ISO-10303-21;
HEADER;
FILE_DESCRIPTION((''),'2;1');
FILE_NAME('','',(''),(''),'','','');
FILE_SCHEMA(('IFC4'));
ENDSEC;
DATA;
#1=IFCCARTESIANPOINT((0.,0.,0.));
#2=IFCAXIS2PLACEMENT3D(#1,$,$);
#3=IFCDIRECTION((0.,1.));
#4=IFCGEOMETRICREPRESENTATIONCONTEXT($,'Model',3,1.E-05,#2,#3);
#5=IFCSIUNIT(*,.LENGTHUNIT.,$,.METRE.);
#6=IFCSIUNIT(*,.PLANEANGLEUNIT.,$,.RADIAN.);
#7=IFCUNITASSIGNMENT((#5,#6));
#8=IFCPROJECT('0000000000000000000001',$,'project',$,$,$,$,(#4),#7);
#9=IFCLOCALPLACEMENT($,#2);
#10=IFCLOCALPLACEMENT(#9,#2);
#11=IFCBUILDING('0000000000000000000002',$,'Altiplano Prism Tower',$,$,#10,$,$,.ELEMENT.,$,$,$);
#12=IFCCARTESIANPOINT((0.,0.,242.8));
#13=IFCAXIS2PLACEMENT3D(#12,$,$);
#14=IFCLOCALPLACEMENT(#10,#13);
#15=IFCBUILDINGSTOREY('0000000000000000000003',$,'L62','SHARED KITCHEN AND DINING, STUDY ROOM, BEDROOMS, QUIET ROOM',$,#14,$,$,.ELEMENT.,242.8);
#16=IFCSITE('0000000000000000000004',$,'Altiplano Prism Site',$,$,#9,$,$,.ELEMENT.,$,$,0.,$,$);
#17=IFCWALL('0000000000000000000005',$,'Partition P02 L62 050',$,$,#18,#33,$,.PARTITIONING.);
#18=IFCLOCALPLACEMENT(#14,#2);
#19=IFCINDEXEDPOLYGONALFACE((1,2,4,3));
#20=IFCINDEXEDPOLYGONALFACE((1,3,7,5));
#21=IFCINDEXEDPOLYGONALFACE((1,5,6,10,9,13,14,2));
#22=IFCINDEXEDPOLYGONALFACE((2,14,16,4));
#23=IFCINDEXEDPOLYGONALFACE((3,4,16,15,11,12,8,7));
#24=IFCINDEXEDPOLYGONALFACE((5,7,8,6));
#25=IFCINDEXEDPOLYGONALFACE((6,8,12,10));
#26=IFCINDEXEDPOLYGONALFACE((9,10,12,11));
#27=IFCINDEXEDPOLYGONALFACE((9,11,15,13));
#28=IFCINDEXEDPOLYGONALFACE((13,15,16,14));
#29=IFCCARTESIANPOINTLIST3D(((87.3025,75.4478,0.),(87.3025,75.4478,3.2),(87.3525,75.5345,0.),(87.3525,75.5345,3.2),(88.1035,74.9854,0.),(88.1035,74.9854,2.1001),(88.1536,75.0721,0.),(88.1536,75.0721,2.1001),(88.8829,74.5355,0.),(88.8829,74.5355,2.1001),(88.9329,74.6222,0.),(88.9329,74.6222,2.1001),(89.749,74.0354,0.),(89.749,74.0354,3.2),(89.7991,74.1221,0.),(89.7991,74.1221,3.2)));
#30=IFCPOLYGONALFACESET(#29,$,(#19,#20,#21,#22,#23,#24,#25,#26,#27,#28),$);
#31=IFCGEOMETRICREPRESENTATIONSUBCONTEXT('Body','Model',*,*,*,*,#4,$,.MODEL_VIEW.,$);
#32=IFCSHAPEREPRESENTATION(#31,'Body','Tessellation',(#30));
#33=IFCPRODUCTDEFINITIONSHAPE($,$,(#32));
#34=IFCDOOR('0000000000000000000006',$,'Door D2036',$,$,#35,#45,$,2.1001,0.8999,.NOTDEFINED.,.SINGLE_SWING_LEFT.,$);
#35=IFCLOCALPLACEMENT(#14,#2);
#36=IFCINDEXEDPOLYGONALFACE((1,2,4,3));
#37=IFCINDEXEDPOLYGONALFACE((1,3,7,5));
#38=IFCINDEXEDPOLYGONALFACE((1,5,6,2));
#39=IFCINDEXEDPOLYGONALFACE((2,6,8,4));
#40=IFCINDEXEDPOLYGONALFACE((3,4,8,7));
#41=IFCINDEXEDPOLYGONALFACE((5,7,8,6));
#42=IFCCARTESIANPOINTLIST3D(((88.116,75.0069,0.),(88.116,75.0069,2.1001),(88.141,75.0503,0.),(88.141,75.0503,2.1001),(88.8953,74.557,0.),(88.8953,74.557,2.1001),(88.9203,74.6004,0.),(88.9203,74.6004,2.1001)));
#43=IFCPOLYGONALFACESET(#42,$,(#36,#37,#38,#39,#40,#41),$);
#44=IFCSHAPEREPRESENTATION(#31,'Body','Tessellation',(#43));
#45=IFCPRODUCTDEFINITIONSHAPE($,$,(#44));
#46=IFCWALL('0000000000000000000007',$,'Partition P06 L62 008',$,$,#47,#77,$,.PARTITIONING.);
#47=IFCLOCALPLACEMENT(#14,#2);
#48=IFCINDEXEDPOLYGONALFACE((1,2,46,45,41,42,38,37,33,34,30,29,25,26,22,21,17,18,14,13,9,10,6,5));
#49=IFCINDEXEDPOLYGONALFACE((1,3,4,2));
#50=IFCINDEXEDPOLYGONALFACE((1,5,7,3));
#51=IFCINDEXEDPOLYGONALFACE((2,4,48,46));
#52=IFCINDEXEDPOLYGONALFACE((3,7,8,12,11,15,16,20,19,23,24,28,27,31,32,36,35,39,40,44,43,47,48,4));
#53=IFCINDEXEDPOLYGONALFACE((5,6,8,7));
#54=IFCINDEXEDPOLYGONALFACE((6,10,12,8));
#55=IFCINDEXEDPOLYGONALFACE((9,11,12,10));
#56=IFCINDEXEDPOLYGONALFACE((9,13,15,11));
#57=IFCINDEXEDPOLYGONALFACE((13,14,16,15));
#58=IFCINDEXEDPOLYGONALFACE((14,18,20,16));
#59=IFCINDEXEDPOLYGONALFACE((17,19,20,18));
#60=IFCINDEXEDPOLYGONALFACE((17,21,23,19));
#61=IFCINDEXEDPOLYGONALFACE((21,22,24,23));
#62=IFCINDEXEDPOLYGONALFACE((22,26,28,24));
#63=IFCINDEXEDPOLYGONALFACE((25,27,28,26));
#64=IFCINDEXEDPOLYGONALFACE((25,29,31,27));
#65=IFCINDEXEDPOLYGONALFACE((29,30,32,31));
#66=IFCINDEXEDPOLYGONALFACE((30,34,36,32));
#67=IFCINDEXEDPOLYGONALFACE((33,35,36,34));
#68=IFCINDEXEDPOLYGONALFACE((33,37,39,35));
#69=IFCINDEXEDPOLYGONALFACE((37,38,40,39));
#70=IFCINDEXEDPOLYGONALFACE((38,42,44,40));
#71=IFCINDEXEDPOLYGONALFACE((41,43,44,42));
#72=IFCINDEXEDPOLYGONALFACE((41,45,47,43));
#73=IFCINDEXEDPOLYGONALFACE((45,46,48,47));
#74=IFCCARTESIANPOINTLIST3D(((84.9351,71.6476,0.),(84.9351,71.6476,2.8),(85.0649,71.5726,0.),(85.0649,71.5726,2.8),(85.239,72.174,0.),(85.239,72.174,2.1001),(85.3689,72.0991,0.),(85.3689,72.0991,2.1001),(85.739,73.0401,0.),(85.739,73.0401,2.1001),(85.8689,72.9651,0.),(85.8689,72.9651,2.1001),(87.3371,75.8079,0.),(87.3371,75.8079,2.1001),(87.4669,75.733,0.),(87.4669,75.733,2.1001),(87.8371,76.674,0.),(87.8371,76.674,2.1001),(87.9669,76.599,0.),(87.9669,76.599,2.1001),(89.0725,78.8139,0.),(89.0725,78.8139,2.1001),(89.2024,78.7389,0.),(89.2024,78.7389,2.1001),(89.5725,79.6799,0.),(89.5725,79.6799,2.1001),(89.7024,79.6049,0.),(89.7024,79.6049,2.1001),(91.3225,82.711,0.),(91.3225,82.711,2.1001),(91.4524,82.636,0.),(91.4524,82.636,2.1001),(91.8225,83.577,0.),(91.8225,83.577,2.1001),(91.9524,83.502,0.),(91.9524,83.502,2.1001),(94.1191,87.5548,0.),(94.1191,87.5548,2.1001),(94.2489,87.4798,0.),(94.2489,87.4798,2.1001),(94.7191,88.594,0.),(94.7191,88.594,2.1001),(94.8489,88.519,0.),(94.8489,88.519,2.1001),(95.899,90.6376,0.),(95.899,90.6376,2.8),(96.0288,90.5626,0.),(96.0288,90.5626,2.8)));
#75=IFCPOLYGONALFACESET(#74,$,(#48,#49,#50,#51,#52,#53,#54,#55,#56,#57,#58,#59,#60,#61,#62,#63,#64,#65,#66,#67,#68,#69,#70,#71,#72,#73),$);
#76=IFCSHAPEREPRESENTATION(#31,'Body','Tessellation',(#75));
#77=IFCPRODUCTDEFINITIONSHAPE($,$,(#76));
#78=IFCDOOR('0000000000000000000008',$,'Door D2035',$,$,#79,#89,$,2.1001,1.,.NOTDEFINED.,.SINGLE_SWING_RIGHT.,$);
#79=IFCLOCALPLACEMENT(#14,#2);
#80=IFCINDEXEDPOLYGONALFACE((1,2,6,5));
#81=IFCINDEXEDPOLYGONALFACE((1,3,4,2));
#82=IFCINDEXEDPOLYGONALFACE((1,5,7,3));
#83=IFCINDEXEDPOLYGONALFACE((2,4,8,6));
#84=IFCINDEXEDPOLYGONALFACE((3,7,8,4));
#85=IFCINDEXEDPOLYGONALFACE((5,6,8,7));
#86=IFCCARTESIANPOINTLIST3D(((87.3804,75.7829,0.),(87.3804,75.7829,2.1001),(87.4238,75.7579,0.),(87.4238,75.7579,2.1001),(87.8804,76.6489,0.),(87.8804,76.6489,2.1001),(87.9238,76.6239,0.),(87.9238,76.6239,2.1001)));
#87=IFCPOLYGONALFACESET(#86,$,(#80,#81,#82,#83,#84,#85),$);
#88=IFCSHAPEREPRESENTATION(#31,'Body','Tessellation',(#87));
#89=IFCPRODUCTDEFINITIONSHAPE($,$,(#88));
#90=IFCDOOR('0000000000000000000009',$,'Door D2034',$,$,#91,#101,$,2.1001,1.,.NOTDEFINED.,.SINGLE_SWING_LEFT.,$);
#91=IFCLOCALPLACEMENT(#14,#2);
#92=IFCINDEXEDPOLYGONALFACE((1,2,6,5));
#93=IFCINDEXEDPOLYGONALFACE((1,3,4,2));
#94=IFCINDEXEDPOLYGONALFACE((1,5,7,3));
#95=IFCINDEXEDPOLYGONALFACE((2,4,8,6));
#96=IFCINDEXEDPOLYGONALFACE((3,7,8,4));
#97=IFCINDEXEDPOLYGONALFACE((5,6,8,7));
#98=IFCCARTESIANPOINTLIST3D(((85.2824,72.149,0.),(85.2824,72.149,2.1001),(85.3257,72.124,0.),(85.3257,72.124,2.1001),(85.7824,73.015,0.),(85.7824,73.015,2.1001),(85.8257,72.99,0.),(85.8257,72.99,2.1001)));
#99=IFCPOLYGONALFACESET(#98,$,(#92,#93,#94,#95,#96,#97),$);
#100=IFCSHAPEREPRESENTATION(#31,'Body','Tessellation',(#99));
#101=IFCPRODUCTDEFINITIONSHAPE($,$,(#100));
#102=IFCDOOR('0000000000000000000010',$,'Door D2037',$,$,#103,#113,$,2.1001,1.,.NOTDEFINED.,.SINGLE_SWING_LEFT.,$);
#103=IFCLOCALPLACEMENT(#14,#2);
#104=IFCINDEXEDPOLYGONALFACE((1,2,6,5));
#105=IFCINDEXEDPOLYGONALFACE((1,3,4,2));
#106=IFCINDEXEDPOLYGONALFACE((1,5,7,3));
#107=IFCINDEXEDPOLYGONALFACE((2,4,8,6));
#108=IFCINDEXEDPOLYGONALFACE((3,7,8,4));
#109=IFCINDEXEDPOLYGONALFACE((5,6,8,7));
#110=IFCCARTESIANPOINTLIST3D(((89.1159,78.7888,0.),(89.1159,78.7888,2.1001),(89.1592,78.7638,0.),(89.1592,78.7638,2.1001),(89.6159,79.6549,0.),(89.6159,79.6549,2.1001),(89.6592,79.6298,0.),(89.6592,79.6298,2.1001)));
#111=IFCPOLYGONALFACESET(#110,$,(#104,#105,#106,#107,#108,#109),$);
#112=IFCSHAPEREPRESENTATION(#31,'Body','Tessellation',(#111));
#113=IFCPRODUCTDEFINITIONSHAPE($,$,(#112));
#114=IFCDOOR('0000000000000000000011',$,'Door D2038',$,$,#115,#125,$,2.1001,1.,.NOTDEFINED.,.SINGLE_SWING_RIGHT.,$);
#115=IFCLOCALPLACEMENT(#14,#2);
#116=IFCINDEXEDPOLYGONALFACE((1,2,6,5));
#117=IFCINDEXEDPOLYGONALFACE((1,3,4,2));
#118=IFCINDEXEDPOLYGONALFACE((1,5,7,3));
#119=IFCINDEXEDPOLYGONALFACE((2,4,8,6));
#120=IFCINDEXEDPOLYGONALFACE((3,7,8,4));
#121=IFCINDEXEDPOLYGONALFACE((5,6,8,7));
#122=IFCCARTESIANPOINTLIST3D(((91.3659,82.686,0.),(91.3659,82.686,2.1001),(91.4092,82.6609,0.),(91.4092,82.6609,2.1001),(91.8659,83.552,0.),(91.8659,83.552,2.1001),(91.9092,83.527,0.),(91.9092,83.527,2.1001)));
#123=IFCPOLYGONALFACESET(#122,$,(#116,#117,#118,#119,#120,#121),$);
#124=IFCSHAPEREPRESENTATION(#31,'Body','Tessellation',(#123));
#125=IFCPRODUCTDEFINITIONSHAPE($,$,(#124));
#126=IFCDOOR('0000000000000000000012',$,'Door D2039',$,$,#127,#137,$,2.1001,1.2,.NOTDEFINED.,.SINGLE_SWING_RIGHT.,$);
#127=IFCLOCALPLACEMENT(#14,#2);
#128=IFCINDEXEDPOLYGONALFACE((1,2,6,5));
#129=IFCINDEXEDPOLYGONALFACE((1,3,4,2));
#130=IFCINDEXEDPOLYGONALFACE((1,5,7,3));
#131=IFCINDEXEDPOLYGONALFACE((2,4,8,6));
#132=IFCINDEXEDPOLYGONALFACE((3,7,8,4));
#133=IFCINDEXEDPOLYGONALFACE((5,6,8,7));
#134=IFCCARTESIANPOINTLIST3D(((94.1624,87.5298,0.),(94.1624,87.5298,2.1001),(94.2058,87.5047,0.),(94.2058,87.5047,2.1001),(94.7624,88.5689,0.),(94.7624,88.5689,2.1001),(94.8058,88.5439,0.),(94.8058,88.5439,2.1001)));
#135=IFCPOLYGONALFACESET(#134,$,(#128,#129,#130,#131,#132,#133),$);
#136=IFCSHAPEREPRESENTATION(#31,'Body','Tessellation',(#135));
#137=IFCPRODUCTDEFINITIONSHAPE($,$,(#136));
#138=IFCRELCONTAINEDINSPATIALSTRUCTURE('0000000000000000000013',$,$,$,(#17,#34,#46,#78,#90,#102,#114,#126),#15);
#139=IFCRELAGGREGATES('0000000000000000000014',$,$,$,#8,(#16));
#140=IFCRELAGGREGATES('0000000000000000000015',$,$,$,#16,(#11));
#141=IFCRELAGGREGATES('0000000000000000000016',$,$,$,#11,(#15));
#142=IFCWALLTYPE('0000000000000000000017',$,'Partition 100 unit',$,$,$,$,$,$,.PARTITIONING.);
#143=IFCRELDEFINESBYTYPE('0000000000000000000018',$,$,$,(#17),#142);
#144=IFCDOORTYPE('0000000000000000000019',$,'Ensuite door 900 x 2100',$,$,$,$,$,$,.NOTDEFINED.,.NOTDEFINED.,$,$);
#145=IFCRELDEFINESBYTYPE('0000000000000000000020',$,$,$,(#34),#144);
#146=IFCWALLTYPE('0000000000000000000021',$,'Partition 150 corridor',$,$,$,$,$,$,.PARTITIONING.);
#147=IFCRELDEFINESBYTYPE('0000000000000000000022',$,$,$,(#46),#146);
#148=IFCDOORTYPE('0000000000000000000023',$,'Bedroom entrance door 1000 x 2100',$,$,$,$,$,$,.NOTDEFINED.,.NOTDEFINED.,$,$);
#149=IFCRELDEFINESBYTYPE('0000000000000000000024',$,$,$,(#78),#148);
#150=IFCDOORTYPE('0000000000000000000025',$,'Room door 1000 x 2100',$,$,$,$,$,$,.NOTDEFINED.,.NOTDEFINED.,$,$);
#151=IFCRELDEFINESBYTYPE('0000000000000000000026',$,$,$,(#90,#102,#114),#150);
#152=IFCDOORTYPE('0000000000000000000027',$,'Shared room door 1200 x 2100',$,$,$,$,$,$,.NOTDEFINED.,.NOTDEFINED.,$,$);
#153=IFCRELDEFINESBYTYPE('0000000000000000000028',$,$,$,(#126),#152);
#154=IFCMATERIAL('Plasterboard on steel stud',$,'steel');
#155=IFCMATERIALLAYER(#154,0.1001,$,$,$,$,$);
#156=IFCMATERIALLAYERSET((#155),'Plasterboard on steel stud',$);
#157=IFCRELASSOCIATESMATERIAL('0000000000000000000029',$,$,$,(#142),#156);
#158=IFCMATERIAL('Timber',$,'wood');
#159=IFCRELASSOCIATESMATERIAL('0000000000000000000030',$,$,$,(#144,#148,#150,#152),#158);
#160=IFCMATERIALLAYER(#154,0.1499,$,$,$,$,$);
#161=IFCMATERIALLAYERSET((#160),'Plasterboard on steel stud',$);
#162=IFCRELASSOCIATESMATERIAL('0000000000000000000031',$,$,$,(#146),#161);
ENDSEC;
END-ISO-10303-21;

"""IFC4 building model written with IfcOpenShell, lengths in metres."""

from ifc_helpers import new_model, si_unit, direction, frame, frame_2d, origin, place, context, subcontext, project, spatial, rectangle, extrude, material, layer, layer_set, type_object, element, fill, save


model = new_model("IFC4")

# Units and contexts
model_context = context("Model", 3, precision=1e-05, world=origin(), true_north=direction((0.0, 1.0)))
body_context = subcontext(model_context, "Body", "Model", "MODEL_VIEW")
ifc_project = project(units=[si_unit("LENGTHUNIT", "METRE"), si_unit("PLANEANGLEUNIT", "RADIAN")], contexts=[model_context])

# Site, building, storey
site_placement = place(None, origin())
site = spatial("IfcSite", under=ifc_project, at=site_placement, Name="Altiplano Prism Site", CompositionType="ELEMENT", RefElevation=0.0)
building_placement = place(site_placement, origin())
building = spatial("IfcBuilding", under=site, at=building_placement, Name="Altiplano Prism Tower", CompositionType="ELEMENT")
storey_placement = place(building_placement, frame((0.0, 0.0, 242.8)))
storey = spatial("IfcBuildingStorey", under=building, at=storey_placement, Name="L62", Description="SHARED KITCHEN AND DINING, STUDY ROOM, BEDROOMS, QUIET ROOM", CompositionType="ELEMENT", Elevation=242.8)

# Shared definitions
ifc_material_1 = material(Name="Plasterboard on steel stud", Category="steel")
ifc_layer_1 = layer(ifc_material_1, 0.1001)
ifc_layer_set_1 = layer_set([ifc_layer_1], Name="Plasterboard on steel stud")
wall_type_1 = type_object("IfcWallType", Name="Partition 100 unit", PredefinedType="PARTITIONING", material=ifc_layer_set_1)
ifc_material_2 = material(Name="Timber", Category="wood")
door_type_1 = type_object("IfcDoorType", Name="Ensuite door 900 x 2100", OperationType="NOTDEFINED", PredefinedType="NOTDEFINED", material=ifc_material_2)

# Wall, opening, door
wall_1_placement = place(storey_placement, frame((87.3274, 75.4912, 0.0), z_axis=(0.0, 0.0, 1.0), x_axis=(0.866049, -0.499959, 0.0)))
wall_1 = element("IfcWall", 1, at=wall_1_placement, inside=storey, type_object=wall_type_1, Name="Partition P02 L62 050", PredefinedType="PARTITIONING", context=body_context, shape_type="SweptSolid", body=[
    extrude(rectangle(XDim=2.825, YDim=0.1001, at=frame_2d((1.4126, 0.0))), origin(), (0.0, 0.0, 1.0), 3.2),
])
opening_1_placement = place(wall_1_placement, frame((0.925, 0.0, 0.0)))
opening_1 = element("IfcOpeningElement", 2, at=opening_1_placement, cuts=wall_1, PredefinedType="OPENING", context=body_context, shape_type="SweptSolid", body=[
    extrude(rectangle(XDim=0.8999, YDim=2.1001, at=frame_2d((0.45, 1.05))), frame((0.0, 0.0605, 0.0), z_axis=(0.0, -1.0, 0.0), x_axis=(1.0, 0.0, 0.0)), (0.0, 0.0, 1.0), 0.1211),
])
door_1_placement = place(opening_1_placement, origin())
door_1 = element("IfcDoor", 3, at=door_1_placement, inside=storey, type_object=door_type_1, Name="Door D2036", OperationType="SINGLE_SWING_LEFT", OverallHeight=2.1001, OverallWidth=0.8999, PredefinedType="NOTDEFINED", context=body_context, shape_type="SweptSolid", body=[
    extrude(rectangle(XDim=0.8999, YDim=2.1001, at=frame_2d((0.45, 1.05))), frame((0.0, 0.0249, 0.0), z_axis=(0.0, -1.0, 0.0), x_axis=(1.0, 0.0, 0.0)), (0.0, 0.0, 1.0), 0.05),
])
fill(opening_1, door_1)

# Wall, openings, doors
ifc_layer_2 = layer(ifc_material_1, 0.1499)
ifc_layer_set_2 = layer_set([ifc_layer_2], Name="Plasterboard on steel stud")
wall_type_2 = type_object("IfcWallType", Name="Partition 150 corridor", PredefinedType="PARTITIONING", material=ifc_layer_set_2)
wall_2_placement = place(storey_placement, frame((85.0, 71.6101, 0.0), z_axis=(0.0, 0.0, 1.0), x_axis=(0.5, 0.866026, 0.0)))
wall_2 = element("IfcWall", 4, at=wall_2_placement, inside=storey, type_object=wall_type_2, Name="Partition P06 L62 008", PredefinedType="PARTITIONING", context=body_context, shape_type="SweptSolid", body=[
    extrude(rectangle(XDim=21.9277, YDim=0.1499, at=frame_2d((10.9639, 0.0))), origin(), (0.0, 0.0, 1.0), 2.8),
])
opening_2_placement = place(wall_2_placement, frame((0.6079, 0.0, 0.0)))
opening_2 = element("IfcOpeningElement", 5, at=opening_2_placement, cuts=wall_2, PredefinedType="OPENING", context=body_context, shape_type="SweptSolid", body=[
    extrude(rectangle(XDim=1.0, YDim=2.1001, at=frame_2d((0.5, 1.05))), frame((0.0, 0.0854, 0.0), z_axis=(0.0, -1.0, 0.0), x_axis=(1.0, 0.0, 0.0)), (0.0, 0.0, 1.0), 0.1709),
])
opening_3_placement = place(wall_2_placement, frame((4.804, 0.0, 0.0)))
opening_3 = element("IfcOpeningElement", 6, at=opening_3_placement, cuts=wall_2, PredefinedType="OPENING", context=body_context, shape_type="SweptSolid", body=[
    extrude(rectangle(XDim=1.0, YDim=2.1001, at=frame_2d((0.5, 1.05))), frame((0.0, 0.0854, 0.0), z_axis=(0.0, -1.0, 0.0), x_axis=(1.0, 0.0, 0.0)), (0.0, 0.0, 1.0), 0.1709),
])
opening_4_placement = place(wall_2_placement, frame((8.2749, 0.0, 0.0)))
opening_4 = element("IfcOpeningElement", 7, at=opening_4_placement, cuts=wall_2, PredefinedType="OPENING", context=body_context, shape_type="SweptSolid", body=[
    extrude(rectangle(XDim=1.0, YDim=2.1001, at=frame_2d((0.5, 1.05))), frame((0.0, 0.0854, 0.0), z_axis=(0.0, -1.0, 0.0), x_axis=(1.0, 0.0, 0.0)), (0.0, 0.0, 1.0), 0.1709),
])
opening_5_placement = place(wall_2_placement, frame((12.7749, 0.0, 0.0)))
opening_5 = element("IfcOpeningElement", 8, at=opening_5_placement, cuts=wall_2, PredefinedType="OPENING", context=body_context, shape_type="SweptSolid", body=[
    extrude(rectangle(XDim=1.0, YDim=2.1001, at=frame_2d((0.5, 1.05))), frame((0.0, 0.0854, 0.0), z_axis=(0.0, -1.0, 0.0), x_axis=(1.0, 0.0, 0.0)), (0.0, 0.0, 1.0), 0.1709),
])
opening_6_placement = place(wall_2_placement, frame((18.3679, 0.0, 0.0)))
opening_6 = element("IfcOpeningElement", 9, at=opening_6_placement, cuts=wall_2, PredefinedType="OPENING", context=body_context, shape_type="SweptSolid", body=[
    extrude(rectangle(XDim=1.2, YDim=2.1001, at=frame_2d((0.6001, 1.05))), frame((0.0, 0.0854, 0.0), z_axis=(0.0, -1.0, 0.0), x_axis=(1.0, 0.0, 0.0)), (0.0, 0.0, 1.0), 0.1709),
])
door_type_2 = type_object("IfcDoorType", Name="Bedroom entrance door 1000 x 2100", OperationType="NOTDEFINED", PredefinedType="NOTDEFINED", material=ifc_material_2)
door_2_placement = place(opening_3_placement, origin())
door_2 = element("IfcDoor", 10, at=door_2_placement, inside=storey, type_object=door_type_2, Name="Door D2035", OperationType="SINGLE_SWING_RIGHT", OverallHeight=2.1001, OverallWidth=1.0, PredefinedType="NOTDEFINED", context=body_context, shape_type="SweptSolid", body=[
    extrude(rectangle(XDim=1.0, YDim=2.1001, at=frame_2d((0.5, 1.05))), frame((0.0, 0.0249, 0.0), z_axis=(0.0, -1.0, 0.0), x_axis=(1.0, 0.0, 0.0)), (0.0, 0.0, 1.0), 0.05),
])
fill(opening_3, door_2)
door_type_3 = type_object("IfcDoorType", Name="Room door 1000 x 2100", OperationType="NOTDEFINED", PredefinedType="NOTDEFINED", material=ifc_material_2)
door_3_placement = place(opening_2_placement, origin())
door_3 = element("IfcDoor", 11, at=door_3_placement, inside=storey, type_object=door_type_3, Name="Door D2034", OperationType="SINGLE_SWING_LEFT", OverallHeight=2.1001, OverallWidth=1.0, PredefinedType="NOTDEFINED", context=body_context, shape_type="SweptSolid", body=[
    extrude(rectangle(XDim=1.0, YDim=2.1001, at=frame_2d((0.5, 1.05))), frame((0.0, 0.0249, 0.0), z_axis=(0.0, -1.0, 0.0), x_axis=(1.0, 0.0, 0.0)), (0.0, 0.0, 1.0), 0.05),
])
fill(opening_2, door_3)
door_4_placement = place(opening_4_placement, origin())
door_4 = element("IfcDoor", 12, at=door_4_placement, inside=storey, type_object=door_type_3, Name="Door D2037", OperationType="SINGLE_SWING_LEFT", OverallHeight=2.1001, OverallWidth=1.0, PredefinedType="NOTDEFINED", context=body_context, shape_type="SweptSolid", body=[
    extrude(rectangle(XDim=1.0, YDim=2.1001, at=frame_2d((0.5, 1.05))), frame((0.0, 0.0249, 0.0), z_axis=(0.0, -1.0, 0.0), x_axis=(1.0, 0.0, 0.0)), (0.0, 0.0, 1.0), 0.05),
])
fill(opening_4, door_4)
door_5_placement = place(opening_5_placement, origin())
door_5 = element("IfcDoor", 13, at=door_5_placement, inside=storey, type_object=door_type_3, Name="Door D2038", OperationType="SINGLE_SWING_RIGHT", OverallHeight=2.1001, OverallWidth=1.0, PredefinedType="NOTDEFINED", context=body_context, shape_type="SweptSolid", body=[
    extrude(rectangle(XDim=1.0, YDim=2.1001, at=frame_2d((0.5, 1.05))), frame((0.0, 0.0249, 0.0), z_axis=(0.0, -1.0, 0.0), x_axis=(1.0, 0.0, 0.0)), (0.0, 0.0, 1.0), 0.05),
])
fill(opening_5, door_5)
door_type_4 = type_object("IfcDoorType", Name="Shared room door 1200 x 2100", OperationType="NOTDEFINED", PredefinedType="NOTDEFINED", material=ifc_material_2)
door_6_placement = place(opening_6_placement, origin())
door_6 = element("IfcDoor", 14, at=door_6_placement, inside=storey, type_object=door_type_4, Name="Door D2039", OperationType="SINGLE_SWING_RIGHT", OverallHeight=2.1001, OverallWidth=1.2, PredefinedType="NOTDEFINED", context=body_context, shape_type="SweptSolid", body=[
    extrude(rectangle(XDim=1.2, YDim=2.1001, at=frame_2d((0.6001, 1.05))), frame((0.0, 0.0249, 0.0), z_axis=(0.0, -1.0, 0.0), x_axis=(1.0, 0.0, 0.0)), (0.0, 0.0, 1.0), 0.05),
])
fill(opening_6, door_6)

save(model, "model.ifc")
